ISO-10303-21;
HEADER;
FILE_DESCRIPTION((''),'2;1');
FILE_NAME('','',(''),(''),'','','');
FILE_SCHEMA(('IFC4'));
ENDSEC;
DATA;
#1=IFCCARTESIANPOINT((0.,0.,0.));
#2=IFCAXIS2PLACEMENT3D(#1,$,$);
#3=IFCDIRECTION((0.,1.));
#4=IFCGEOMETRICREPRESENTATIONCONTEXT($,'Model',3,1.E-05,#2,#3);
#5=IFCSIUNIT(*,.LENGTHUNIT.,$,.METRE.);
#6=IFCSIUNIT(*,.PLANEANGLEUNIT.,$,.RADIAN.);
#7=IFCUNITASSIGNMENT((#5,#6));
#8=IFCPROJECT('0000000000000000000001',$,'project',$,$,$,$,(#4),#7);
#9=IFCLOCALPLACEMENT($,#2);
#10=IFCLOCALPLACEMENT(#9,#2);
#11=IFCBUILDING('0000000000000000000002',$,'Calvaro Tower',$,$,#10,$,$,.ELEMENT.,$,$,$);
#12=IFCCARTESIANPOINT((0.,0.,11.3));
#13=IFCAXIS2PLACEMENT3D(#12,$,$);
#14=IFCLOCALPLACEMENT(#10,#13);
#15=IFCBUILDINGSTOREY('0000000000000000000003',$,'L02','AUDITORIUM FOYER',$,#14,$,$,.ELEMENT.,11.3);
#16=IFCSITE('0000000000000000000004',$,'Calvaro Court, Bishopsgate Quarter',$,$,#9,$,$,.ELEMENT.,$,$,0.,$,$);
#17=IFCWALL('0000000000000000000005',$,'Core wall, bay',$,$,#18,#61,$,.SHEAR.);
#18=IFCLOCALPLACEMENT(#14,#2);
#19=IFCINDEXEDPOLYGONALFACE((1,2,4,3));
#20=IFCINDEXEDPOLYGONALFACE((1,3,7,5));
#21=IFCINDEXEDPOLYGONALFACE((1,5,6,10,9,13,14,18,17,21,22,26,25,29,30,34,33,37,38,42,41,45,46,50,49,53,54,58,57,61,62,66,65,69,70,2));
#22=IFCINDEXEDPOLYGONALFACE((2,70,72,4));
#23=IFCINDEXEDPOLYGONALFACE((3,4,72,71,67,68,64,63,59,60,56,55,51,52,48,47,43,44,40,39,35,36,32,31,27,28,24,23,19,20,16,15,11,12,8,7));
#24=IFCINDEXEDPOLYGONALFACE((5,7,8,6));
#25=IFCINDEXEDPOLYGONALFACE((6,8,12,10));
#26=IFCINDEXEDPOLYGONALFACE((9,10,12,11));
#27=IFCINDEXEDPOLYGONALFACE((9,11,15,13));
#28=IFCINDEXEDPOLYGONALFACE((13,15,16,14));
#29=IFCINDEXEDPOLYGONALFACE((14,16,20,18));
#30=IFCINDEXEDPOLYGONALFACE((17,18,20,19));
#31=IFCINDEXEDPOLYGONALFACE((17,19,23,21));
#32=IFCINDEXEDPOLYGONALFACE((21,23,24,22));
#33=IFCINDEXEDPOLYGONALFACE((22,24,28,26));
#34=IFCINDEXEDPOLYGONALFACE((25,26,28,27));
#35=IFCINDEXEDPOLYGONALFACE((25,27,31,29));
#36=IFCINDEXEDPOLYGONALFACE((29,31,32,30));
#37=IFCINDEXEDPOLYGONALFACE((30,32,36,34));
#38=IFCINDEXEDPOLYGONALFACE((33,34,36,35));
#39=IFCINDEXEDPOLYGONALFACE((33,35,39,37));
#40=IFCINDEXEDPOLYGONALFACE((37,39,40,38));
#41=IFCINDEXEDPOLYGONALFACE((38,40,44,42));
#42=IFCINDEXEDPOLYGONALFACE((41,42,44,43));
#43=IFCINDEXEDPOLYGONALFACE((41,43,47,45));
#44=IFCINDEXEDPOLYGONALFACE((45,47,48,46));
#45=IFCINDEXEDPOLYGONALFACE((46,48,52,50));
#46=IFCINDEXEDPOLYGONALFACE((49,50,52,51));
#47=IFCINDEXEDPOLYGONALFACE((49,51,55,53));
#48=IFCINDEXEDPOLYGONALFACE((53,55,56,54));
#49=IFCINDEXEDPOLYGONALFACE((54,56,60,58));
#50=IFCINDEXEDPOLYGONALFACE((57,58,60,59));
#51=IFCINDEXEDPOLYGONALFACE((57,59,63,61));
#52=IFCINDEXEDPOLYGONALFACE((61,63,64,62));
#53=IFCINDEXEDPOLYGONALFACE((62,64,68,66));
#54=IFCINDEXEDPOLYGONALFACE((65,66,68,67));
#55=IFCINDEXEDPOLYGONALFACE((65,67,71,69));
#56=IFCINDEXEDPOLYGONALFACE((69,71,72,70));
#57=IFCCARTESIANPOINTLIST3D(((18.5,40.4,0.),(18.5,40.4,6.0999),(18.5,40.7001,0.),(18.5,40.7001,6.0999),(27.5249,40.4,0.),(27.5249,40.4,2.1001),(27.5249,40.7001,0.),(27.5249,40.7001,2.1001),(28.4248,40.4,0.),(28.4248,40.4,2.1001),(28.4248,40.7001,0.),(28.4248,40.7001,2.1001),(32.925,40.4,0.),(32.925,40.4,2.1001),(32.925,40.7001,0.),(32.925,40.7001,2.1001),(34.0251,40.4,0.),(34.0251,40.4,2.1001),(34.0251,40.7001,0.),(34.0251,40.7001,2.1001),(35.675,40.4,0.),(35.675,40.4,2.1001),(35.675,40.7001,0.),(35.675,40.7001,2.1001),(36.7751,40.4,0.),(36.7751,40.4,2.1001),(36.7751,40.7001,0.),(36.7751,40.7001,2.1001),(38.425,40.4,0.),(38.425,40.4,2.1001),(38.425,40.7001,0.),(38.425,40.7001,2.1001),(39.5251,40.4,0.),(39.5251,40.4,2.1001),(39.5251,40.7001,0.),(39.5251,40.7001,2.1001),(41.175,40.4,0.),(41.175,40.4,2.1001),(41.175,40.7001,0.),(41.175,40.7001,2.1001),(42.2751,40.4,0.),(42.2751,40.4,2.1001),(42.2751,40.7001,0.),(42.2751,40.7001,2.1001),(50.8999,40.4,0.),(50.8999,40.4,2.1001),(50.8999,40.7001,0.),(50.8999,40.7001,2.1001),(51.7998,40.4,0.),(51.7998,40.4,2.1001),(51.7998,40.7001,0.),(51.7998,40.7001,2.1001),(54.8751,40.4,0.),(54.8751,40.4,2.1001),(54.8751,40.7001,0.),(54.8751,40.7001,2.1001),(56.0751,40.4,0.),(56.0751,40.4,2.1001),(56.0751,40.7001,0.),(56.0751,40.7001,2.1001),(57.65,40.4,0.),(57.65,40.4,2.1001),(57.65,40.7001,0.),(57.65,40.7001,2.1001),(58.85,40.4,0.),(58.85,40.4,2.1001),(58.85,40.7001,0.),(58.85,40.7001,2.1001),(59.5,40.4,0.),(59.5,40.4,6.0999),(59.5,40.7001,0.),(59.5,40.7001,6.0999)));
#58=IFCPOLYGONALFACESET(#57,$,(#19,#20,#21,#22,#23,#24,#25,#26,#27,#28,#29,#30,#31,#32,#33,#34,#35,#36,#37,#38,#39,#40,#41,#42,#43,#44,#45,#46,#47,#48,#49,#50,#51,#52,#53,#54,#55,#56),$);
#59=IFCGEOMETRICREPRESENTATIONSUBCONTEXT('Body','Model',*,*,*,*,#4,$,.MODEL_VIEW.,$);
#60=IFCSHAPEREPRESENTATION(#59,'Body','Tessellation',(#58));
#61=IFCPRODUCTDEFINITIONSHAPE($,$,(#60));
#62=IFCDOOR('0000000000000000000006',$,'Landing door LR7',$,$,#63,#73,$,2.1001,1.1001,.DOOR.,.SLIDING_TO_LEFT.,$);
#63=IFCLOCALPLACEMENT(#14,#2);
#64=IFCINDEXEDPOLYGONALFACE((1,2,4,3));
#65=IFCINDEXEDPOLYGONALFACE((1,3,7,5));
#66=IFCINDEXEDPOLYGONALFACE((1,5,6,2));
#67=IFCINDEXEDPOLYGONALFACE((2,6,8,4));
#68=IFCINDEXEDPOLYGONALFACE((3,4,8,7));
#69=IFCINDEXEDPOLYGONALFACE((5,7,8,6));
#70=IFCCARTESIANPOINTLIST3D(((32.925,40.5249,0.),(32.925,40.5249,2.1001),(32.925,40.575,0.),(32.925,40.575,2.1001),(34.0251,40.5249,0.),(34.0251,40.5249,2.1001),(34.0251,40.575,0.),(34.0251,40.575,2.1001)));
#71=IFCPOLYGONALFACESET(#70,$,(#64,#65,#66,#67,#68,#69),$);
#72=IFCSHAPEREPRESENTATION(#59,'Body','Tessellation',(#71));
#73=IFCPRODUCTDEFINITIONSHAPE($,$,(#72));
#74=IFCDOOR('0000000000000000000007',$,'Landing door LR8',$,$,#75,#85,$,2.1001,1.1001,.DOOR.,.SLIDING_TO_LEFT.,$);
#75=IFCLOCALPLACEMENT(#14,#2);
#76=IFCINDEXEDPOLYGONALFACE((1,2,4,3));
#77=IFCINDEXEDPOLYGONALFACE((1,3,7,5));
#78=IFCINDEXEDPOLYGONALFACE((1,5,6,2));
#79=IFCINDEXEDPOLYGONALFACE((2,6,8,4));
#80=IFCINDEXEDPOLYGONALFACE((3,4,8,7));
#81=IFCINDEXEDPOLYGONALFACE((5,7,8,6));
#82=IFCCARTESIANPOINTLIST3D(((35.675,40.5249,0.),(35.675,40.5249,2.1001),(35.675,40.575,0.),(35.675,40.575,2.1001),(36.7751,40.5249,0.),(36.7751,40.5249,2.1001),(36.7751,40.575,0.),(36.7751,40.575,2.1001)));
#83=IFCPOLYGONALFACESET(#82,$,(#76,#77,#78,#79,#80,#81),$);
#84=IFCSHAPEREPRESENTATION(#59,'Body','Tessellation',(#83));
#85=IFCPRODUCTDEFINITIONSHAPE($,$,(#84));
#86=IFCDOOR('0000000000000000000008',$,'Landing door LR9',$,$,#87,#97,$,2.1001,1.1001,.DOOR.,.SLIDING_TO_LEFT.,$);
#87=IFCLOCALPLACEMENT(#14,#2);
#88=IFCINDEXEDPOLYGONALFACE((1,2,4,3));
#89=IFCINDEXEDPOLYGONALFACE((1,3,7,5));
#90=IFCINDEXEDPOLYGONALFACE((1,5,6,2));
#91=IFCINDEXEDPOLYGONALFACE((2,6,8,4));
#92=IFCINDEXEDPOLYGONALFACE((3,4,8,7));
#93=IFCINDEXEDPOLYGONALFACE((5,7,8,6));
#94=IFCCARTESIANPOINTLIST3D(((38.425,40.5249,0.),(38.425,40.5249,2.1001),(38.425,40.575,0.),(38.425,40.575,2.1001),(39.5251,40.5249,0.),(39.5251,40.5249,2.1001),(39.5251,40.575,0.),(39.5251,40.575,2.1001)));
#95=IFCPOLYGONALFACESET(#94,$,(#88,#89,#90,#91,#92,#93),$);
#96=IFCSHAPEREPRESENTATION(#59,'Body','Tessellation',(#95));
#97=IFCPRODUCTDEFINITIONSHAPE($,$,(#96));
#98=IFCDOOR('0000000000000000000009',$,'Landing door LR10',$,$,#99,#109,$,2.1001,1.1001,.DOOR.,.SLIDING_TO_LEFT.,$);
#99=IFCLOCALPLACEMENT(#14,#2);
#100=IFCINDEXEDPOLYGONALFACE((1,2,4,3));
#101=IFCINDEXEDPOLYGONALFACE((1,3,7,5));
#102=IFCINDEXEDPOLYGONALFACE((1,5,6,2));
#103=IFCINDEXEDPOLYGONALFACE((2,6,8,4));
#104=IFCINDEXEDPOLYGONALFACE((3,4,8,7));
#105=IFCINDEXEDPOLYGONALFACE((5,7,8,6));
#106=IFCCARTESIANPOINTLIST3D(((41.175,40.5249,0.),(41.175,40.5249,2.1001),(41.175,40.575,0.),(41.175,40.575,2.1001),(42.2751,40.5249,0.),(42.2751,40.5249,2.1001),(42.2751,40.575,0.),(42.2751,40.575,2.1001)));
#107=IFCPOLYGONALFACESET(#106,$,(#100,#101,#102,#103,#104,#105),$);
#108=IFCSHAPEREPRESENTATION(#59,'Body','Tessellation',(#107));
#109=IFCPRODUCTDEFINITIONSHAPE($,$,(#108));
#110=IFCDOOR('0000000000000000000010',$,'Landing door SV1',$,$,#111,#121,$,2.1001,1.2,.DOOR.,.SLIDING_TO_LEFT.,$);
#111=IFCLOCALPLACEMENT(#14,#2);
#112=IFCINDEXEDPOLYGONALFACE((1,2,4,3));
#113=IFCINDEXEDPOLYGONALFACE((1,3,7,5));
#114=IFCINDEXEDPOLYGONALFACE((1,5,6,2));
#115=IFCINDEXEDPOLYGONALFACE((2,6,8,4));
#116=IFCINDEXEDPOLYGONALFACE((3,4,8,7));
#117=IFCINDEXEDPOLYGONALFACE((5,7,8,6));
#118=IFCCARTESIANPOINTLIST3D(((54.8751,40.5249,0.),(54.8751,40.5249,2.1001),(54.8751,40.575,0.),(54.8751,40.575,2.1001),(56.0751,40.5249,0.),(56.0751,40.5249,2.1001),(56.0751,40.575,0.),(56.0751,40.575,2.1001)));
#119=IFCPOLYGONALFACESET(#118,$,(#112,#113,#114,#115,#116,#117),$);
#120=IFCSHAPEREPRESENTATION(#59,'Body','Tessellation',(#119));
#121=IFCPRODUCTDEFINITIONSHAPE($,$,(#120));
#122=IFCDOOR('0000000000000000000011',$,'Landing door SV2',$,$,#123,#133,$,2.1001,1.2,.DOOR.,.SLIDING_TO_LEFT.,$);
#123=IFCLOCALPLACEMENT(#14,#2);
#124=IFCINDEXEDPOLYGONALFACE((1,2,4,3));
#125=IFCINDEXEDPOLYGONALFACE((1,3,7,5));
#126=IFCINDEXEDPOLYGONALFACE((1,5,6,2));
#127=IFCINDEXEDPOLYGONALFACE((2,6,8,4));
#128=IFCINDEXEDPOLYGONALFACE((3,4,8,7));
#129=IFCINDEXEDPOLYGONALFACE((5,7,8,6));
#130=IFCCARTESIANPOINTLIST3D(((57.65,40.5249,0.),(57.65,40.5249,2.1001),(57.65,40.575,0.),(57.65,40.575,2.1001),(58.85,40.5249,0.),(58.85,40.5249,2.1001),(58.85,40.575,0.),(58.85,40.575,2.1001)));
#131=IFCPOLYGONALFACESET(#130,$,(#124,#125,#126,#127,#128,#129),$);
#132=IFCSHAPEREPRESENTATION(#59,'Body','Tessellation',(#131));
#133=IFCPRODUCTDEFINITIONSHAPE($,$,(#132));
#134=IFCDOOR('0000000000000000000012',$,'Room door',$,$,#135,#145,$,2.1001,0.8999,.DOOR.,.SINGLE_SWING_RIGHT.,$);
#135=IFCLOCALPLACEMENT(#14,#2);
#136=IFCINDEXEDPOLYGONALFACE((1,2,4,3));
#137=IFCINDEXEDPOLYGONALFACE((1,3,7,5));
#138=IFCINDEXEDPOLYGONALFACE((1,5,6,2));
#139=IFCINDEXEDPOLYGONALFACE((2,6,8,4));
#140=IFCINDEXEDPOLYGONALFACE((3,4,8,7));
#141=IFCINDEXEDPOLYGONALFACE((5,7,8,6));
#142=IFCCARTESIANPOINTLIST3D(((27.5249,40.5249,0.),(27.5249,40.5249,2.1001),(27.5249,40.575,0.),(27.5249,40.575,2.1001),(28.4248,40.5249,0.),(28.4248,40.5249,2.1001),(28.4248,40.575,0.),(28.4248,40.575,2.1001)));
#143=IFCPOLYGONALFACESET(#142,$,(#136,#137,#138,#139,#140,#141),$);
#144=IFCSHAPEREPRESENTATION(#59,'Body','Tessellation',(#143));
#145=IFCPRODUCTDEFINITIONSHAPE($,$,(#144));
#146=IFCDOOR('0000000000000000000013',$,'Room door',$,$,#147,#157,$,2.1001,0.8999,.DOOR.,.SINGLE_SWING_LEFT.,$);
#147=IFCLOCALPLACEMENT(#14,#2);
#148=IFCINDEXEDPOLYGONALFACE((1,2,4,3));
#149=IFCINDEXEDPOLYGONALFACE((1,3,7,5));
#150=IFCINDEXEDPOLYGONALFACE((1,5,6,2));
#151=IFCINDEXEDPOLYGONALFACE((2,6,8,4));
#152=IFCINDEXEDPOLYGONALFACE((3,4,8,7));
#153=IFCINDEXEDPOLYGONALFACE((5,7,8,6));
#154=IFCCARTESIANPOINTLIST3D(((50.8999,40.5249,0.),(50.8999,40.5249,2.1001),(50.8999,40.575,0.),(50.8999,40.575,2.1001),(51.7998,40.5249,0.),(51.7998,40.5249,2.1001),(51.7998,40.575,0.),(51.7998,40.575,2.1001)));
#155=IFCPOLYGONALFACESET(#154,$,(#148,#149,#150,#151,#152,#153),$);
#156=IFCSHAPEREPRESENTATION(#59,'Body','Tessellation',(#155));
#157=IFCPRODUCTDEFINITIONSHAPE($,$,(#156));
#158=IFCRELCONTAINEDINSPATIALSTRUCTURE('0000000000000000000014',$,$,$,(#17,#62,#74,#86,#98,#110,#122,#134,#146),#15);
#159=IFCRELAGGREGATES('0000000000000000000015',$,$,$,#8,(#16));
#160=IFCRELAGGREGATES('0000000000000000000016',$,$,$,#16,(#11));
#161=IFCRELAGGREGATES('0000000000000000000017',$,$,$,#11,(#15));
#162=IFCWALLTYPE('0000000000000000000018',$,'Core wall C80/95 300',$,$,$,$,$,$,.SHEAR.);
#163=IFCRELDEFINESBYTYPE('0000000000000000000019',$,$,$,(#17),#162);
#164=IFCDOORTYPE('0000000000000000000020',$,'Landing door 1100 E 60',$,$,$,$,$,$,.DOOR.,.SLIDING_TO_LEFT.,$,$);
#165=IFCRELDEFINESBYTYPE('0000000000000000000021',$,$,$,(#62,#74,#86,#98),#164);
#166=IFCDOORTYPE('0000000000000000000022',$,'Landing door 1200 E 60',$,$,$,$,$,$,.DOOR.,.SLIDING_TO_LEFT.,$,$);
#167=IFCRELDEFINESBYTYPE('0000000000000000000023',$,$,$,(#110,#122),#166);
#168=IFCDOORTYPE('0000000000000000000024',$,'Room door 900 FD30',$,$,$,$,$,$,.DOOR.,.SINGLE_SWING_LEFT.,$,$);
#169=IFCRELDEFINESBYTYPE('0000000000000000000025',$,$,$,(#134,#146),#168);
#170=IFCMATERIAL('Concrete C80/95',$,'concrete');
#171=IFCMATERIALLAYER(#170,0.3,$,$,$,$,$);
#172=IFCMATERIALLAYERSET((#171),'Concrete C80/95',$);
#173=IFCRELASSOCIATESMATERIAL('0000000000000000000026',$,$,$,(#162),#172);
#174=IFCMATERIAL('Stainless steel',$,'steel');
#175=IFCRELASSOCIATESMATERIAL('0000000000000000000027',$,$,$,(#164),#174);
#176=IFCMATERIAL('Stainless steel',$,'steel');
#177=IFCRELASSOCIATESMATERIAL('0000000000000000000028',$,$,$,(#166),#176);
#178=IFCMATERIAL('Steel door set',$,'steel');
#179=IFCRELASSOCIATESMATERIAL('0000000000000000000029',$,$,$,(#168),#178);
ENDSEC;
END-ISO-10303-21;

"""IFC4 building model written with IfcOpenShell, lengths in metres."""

from ifc_helpers import new_model, si_unit, direction, frame, frame_2d, origin, place, context, subcontext, project, spatial, rectangle, extrude, material, layer, layer_set, type_object, element, fill, save


model = new_model("IFC4")

# Units and contexts
model_context = context("Model", 3, precision=1e-05, world=origin(), true_north=direction((0.0, 1.0)))
body_context = subcontext(model_context, "Body", "Model", "MODEL_VIEW")
ifc_project = project(units=[si_unit("LENGTHUNIT", "METRE"), si_unit("PLANEANGLEUNIT", "RADIAN")], contexts=[model_context])

# Site, building, storey
site_placement = place(None, origin())
site = spatial("IfcSite", under=ifc_project, at=site_placement, Name="Calvaro Court, Bishopsgate Quarter", CompositionType="ELEMENT", RefElevation=0.0)
building_placement = place(site_placement, origin())
building = spatial("IfcBuilding", under=site, at=building_placement, Name="Calvaro Tower", CompositionType="ELEMENT")
storey_placement = place(building_placement, frame((0.0, 0.0, 11.3)))
storey = spatial("IfcBuildingStorey", under=building, at=storey_placement, Name="L02", Description="AUDITORIUM FOYER", CompositionType="ELEMENT", Elevation=11.3)

# Shared definitions
ifc_material_1 = material(Name="Concrete C80/95", Category="concrete")
ifc_layer_1 = layer(ifc_material_1, 0.3)
ifc_layer_set_1 = layer_set([ifc_layer_1], Name="Concrete C80/95")
wall_type_1 = type_object("IfcWallType", Name="Core wall C80/95 300", PredefinedType="SHEAR", material=ifc_layer_set_1)
ifc_material_2 = material(Name="Stainless steel", Category="steel")
door_type_1 = type_object("IfcDoorType", Name="Landing door 1100 E 60", OperationType="SLIDING_TO_LEFT", PredefinedType="DOOR", material=ifc_material_2)

# Wall, openings, doors
wall_1_placement = place(storey_placement, frame((18.5, 40.55, 0.0), z_axis=(0.0, 0.0, 1.0), x_axis=(1.0, 0.0, 0.0)))
wall_1 = element("IfcWall", 1, at=wall_1_placement, inside=storey, type_object=wall_type_1, Name="Core wall, bay", PredefinedType="SHEAR", context=body_context, shape_type="SweptSolid", body=[
    extrude(rectangle(XDim=41.0, YDim=0.3, at=frame_2d((20.5, 0.0))), origin(), (0.0, 0.0, 1.0), 6.0999),
])
opening_1_placement = place(wall_1_placement, frame((9.0249, 0.0, 0.0)))
opening_1 = element("IfcOpeningElement", 2, at=opening_1_placement, cuts=wall_1, PredefinedType="OPENING", context=body_context, shape_type="SweptSolid", body=[
    extrude(rectangle(XDim=0.8999, YDim=2.1001, at=frame_2d((0.45, 1.05))), frame((0.0, 0.1599, 0.0), z_axis=(0.0, -1.0, 0.0), x_axis=(1.0, 0.0, 0.0)), (0.0, 0.0, 1.0), 0.3201),
])
opening_2_placement = place(wall_1_placement, frame((32.3999, 0.0, 0.0)))
opening_2 = element("IfcOpeningElement", 3, at=opening_2_placement, cuts=wall_1, PredefinedType="OPENING", context=body_context, shape_type="SweptSolid", body=[
    extrude(rectangle(XDim=0.8999, YDim=2.1001, at=frame_2d((0.45, 1.05))), frame((0.0, 0.1599, 0.0), z_axis=(0.0, -1.0, 0.0), x_axis=(1.0, 0.0, 0.0)), (0.0, 0.0, 1.0), 0.3201),
])
opening_3_placement = place(wall_1_placement, frame((14.425, 0.0, 0.0)))
opening_3 = element("IfcOpeningElement", 4, at=opening_3_placement, cuts=wall_1, PredefinedType="OPENING", context=body_context, shape_type="SweptSolid", body=[
    extrude(rectangle(XDim=1.1001, YDim=2.1001, at=frame_2d((0.55, 1.05))), frame((0.0, 0.1599, 0.0), z_axis=(0.0, -1.0, 0.0), x_axis=(1.0, 0.0, 0.0)), (0.0, 0.0, 1.0), 0.3201),
])
opening_4_placement = place(wall_1_placement, frame((17.175, 0.0, 0.0)))
opening_4 = element("IfcOpeningElement", 5, at=opening_4_placement, cuts=wall_1, PredefinedType="OPENING", context=body_context, shape_type="SweptSolid", body=[
    extrude(rectangle(XDim=1.1001, YDim=2.1001, at=frame_2d((0.55, 1.05))), frame((0.0, 0.1599, 0.0), z_axis=(0.0, -1.0, 0.0), x_axis=(1.0, 0.0, 0.0)), (0.0, 0.0, 1.0), 0.3201),
])
opening_5_placement = place(wall_1_placement, frame((19.925, 0.0, 0.0)))
opening_5 = element("IfcOpeningElement", 6, at=opening_5_placement, cuts=wall_1, PredefinedType="OPENING", context=body_context, shape_type="SweptSolid", body=[
    extrude(rectangle(XDim=1.1001, YDim=2.1001, at=frame_2d((0.55, 1.05))), frame((0.0, 0.1599, 0.0), z_axis=(0.0, -1.0, 0.0), x_axis=(1.0, 0.0, 0.0)), (0.0, 0.0, 1.0), 0.3201),
])
opening_6_placement = place(wall_1_placement, frame((22.675, 0.0, 0.0)))
opening_6 = element("IfcOpeningElement", 7, at=opening_6_placement, cuts=wall_1, PredefinedType="OPENING", context=body_context, shape_type="SweptSolid", body=[
    extrude(rectangle(XDim=1.1001, YDim=2.1001, at=frame_2d((0.55, 1.05))), frame((0.0, 0.1599, 0.0), z_axis=(0.0, -1.0, 0.0), x_axis=(1.0, 0.0, 0.0)), (0.0, 0.0, 1.0), 0.3201),
])
opening_7_placement = place(wall_1_placement, frame((36.375, 0.0, 0.0)))
opening_7 = element("IfcOpeningElement", 8, at=opening_7_placement, cuts=wall_1, PredefinedType="OPENING", context=body_context, shape_type="SweptSolid", body=[
    extrude(rectangle(XDim=1.2, YDim=2.1001, at=frame_2d((0.6001, 1.05))), frame((0.0, 0.1599, 0.0), z_axis=(0.0, -1.0, 0.0), x_axis=(1.0, 0.0, 0.0)), (0.0, 0.0, 1.0), 0.3201),
])
opening_8_placement = place(wall_1_placement, frame((39.1499, 0.0, 0.0)))
opening_8 = element("IfcOpeningElement", 9, at=opening_8_placement, cuts=wall_1, PredefinedType="OPENING", context=body_context, shape_type="SweptSolid", body=[
    extrude(rectangle(XDim=1.2, YDim=2.1001, at=frame_2d((0.6001, 1.05))), frame((0.0, 0.1599, 0.0), z_axis=(0.0, -1.0, 0.0), x_axis=(1.0, 0.0, 0.0)), (0.0, 0.0, 1.0), 0.3201),
])
door_1_placement = place(opening_3_placement, origin())
door_1 = element("IfcDoor", 10, at=door_1_placement, inside=storey, type_object=door_type_1, Name="Landing door LR7", OperationType="SLIDING_TO_LEFT", OverallHeight=2.1001, OverallWidth=1.1001, PredefinedType="DOOR", context=body_context, shape_type="SweptSolid", body=[
    extrude(rectangle(XDim=1.1001, YDim=2.1001, at=frame_2d((0.55, 1.05))), frame((0.0, 0.0249, 0.0), z_axis=(0.0, -1.0, 0.0), x_axis=(1.0, 0.0, 0.0)), (0.0, 0.0, 1.0), 0.05),
])
fill(opening_3, door_1)
door_2_placement = place(opening_4_placement, origin())
door_2 = element("IfcDoor", 11, at=door_2_placement, inside=storey, type_object=door_type_1, Name="Landing door LR8", OperationType="SLIDING_TO_LEFT", OverallHeight=2.1001, OverallWidth=1.1001, PredefinedType="DOOR", context=body_context, shape_type="SweptSolid", body=[
    extrude(rectangle(XDim=1.1001, YDim=2.1001, at=frame_2d((0.55, 1.05))), frame((0.0, 0.0249, 0.0), z_axis=(0.0, -1.0, 0.0), x_axis=(1.0, 0.0, 0.0)), (0.0, 0.0, 1.0), 0.05),
])
fill(opening_4, door_2)
door_3_placement = place(opening_5_placement, origin())
door_3 = element("IfcDoor", 12, at=door_3_placement, inside=storey, type_object=door_type_1, Name="Landing door LR9", OperationType="SLIDING_TO_LEFT", OverallHeight=2.1001, OverallWidth=1.1001, PredefinedType="DOOR", context=body_context, shape_type="SweptSolid", body=[
    extrude(rectangle(XDim=1.1001, YDim=2.1001, at=frame_2d((0.55, 1.05))), frame((0.0, 0.0249, 0.0), z_axis=(0.0, -1.0, 0.0), x_axis=(1.0, 0.0, 0.0)), (0.0, 0.0, 1.0), 0.05),
])
fill(opening_5, door_3)
door_4_placement = place(opening_6_placement, origin())
door_4 = element("IfcDoor", 13, at=door_4_placement, inside=storey, type_object=door_type_1, Name="Landing door LR10", OperationType="SLIDING_TO_LEFT", OverallHeight=2.1001, OverallWidth=1.1001, PredefinedType="DOOR", context=body_context, shape_type="SweptSolid", body=[
    extrude(rectangle(XDim=1.1001, YDim=2.1001, at=frame_2d((0.55, 1.05))), frame((0.0, 0.0249, 0.0), z_axis=(0.0, -1.0, 0.0), x_axis=(1.0, 0.0, 0.0)), (0.0, 0.0, 1.0), 0.05),
])
fill(opening_6, door_4)
ifc_material_3 = material(Name="Stainless steel", Category="steel")
door_type_2 = type_object("IfcDoorType", Name="Landing door 1200 E 60", OperationType="SLIDING_TO_LEFT", PredefinedType="DOOR", material=ifc_material_3)
door_5_placement = place(opening_7_placement, origin())
door_5 = element("IfcDoor", 14, at=door_5_placement, inside=storey, type_object=door_type_2, Name="Landing door SV1", OperationType="SLIDING_TO_LEFT", OverallHeight=2.1001, OverallWidth=1.2, PredefinedType="DOOR", context=body_context, shape_type="SweptSolid", body=[
    extrude(rectangle(XDim=1.2, YDim=2.1001, at=frame_2d((0.6001, 1.05))), frame((0.0, 0.0249, 0.0), z_axis=(0.0, -1.0, 0.0), x_axis=(1.0, 0.0, 0.0)), (0.0, 0.0, 1.0), 0.05),
])
fill(opening_7, door_5)
door_6_placement = place(opening_8_placement, origin())
door_6 = element("IfcDoor", 15, at=door_6_placement, inside=storey, type_object=door_type_2, Name="Landing door SV2", OperationType="SLIDING_TO_LEFT", OverallHeight=2.1001, OverallWidth=1.2, PredefinedType="DOOR", context=body_context, shape_type="SweptSolid", body=[
    extrude(rectangle(XDim=1.2, YDim=2.1001, at=frame_2d((0.6001, 1.05))), frame((0.0, 0.0249, 0.0), z_axis=(0.0, -1.0, 0.0), x_axis=(1.0, 0.0, 0.0)), (0.0, 0.0, 1.0), 0.05),
])
fill(opening_8, door_6)
ifc_material_4 = material(Name="Steel door set", Category="steel")
door_type_3 = type_object("IfcDoorType", Name="Room door 900 FD30", OperationType="SINGLE_SWING_LEFT", PredefinedType="DOOR", material=ifc_material_4)
door_7_placement = place(opening_1_placement, origin())
door_7 = element("IfcDoor", 16, at=door_7_placement, inside=storey, type_object=door_type_3, Name="Room door", OperationType="SINGLE_SWING_RIGHT", OverallHeight=2.1001, OverallWidth=0.8999, PredefinedType="DOOR", context=body_context, shape_type="SweptSolid", body=[
    extrude(rectangle(XDim=0.8999, YDim=2.1001, at=frame_2d((0.45, 1.05))), frame((0.0, 0.0249, 0.0), z_axis=(0.0, -1.0, 0.0), x_axis=(1.0, 0.0, 0.0)), (0.0, 0.0, 1.0), 0.05),
])
fill(opening_1, door_7)
door_8_placement = place(opening_2_placement, origin())
door_8 = element("IfcDoor", 17, at=door_8_placement, inside=storey, type_object=door_type_3, Name="Room door", OperationType="SINGLE_SWING_LEFT", OverallHeight=2.1001, OverallWidth=0.8999, PredefinedType="DOOR", context=body_context, shape_type="SweptSolid", body=[
    extrude(rectangle(XDim=0.8999, YDim=2.1001, at=frame_2d((0.45, 1.05))), frame((0.0, 0.0249, 0.0), z_axis=(0.0, -1.0, 0.0), x_axis=(1.0, 0.0, 0.0)), (0.0, 0.0, 1.0), 0.05),
])
fill(opening_2, door_8)

save(model, "model.ifc")
